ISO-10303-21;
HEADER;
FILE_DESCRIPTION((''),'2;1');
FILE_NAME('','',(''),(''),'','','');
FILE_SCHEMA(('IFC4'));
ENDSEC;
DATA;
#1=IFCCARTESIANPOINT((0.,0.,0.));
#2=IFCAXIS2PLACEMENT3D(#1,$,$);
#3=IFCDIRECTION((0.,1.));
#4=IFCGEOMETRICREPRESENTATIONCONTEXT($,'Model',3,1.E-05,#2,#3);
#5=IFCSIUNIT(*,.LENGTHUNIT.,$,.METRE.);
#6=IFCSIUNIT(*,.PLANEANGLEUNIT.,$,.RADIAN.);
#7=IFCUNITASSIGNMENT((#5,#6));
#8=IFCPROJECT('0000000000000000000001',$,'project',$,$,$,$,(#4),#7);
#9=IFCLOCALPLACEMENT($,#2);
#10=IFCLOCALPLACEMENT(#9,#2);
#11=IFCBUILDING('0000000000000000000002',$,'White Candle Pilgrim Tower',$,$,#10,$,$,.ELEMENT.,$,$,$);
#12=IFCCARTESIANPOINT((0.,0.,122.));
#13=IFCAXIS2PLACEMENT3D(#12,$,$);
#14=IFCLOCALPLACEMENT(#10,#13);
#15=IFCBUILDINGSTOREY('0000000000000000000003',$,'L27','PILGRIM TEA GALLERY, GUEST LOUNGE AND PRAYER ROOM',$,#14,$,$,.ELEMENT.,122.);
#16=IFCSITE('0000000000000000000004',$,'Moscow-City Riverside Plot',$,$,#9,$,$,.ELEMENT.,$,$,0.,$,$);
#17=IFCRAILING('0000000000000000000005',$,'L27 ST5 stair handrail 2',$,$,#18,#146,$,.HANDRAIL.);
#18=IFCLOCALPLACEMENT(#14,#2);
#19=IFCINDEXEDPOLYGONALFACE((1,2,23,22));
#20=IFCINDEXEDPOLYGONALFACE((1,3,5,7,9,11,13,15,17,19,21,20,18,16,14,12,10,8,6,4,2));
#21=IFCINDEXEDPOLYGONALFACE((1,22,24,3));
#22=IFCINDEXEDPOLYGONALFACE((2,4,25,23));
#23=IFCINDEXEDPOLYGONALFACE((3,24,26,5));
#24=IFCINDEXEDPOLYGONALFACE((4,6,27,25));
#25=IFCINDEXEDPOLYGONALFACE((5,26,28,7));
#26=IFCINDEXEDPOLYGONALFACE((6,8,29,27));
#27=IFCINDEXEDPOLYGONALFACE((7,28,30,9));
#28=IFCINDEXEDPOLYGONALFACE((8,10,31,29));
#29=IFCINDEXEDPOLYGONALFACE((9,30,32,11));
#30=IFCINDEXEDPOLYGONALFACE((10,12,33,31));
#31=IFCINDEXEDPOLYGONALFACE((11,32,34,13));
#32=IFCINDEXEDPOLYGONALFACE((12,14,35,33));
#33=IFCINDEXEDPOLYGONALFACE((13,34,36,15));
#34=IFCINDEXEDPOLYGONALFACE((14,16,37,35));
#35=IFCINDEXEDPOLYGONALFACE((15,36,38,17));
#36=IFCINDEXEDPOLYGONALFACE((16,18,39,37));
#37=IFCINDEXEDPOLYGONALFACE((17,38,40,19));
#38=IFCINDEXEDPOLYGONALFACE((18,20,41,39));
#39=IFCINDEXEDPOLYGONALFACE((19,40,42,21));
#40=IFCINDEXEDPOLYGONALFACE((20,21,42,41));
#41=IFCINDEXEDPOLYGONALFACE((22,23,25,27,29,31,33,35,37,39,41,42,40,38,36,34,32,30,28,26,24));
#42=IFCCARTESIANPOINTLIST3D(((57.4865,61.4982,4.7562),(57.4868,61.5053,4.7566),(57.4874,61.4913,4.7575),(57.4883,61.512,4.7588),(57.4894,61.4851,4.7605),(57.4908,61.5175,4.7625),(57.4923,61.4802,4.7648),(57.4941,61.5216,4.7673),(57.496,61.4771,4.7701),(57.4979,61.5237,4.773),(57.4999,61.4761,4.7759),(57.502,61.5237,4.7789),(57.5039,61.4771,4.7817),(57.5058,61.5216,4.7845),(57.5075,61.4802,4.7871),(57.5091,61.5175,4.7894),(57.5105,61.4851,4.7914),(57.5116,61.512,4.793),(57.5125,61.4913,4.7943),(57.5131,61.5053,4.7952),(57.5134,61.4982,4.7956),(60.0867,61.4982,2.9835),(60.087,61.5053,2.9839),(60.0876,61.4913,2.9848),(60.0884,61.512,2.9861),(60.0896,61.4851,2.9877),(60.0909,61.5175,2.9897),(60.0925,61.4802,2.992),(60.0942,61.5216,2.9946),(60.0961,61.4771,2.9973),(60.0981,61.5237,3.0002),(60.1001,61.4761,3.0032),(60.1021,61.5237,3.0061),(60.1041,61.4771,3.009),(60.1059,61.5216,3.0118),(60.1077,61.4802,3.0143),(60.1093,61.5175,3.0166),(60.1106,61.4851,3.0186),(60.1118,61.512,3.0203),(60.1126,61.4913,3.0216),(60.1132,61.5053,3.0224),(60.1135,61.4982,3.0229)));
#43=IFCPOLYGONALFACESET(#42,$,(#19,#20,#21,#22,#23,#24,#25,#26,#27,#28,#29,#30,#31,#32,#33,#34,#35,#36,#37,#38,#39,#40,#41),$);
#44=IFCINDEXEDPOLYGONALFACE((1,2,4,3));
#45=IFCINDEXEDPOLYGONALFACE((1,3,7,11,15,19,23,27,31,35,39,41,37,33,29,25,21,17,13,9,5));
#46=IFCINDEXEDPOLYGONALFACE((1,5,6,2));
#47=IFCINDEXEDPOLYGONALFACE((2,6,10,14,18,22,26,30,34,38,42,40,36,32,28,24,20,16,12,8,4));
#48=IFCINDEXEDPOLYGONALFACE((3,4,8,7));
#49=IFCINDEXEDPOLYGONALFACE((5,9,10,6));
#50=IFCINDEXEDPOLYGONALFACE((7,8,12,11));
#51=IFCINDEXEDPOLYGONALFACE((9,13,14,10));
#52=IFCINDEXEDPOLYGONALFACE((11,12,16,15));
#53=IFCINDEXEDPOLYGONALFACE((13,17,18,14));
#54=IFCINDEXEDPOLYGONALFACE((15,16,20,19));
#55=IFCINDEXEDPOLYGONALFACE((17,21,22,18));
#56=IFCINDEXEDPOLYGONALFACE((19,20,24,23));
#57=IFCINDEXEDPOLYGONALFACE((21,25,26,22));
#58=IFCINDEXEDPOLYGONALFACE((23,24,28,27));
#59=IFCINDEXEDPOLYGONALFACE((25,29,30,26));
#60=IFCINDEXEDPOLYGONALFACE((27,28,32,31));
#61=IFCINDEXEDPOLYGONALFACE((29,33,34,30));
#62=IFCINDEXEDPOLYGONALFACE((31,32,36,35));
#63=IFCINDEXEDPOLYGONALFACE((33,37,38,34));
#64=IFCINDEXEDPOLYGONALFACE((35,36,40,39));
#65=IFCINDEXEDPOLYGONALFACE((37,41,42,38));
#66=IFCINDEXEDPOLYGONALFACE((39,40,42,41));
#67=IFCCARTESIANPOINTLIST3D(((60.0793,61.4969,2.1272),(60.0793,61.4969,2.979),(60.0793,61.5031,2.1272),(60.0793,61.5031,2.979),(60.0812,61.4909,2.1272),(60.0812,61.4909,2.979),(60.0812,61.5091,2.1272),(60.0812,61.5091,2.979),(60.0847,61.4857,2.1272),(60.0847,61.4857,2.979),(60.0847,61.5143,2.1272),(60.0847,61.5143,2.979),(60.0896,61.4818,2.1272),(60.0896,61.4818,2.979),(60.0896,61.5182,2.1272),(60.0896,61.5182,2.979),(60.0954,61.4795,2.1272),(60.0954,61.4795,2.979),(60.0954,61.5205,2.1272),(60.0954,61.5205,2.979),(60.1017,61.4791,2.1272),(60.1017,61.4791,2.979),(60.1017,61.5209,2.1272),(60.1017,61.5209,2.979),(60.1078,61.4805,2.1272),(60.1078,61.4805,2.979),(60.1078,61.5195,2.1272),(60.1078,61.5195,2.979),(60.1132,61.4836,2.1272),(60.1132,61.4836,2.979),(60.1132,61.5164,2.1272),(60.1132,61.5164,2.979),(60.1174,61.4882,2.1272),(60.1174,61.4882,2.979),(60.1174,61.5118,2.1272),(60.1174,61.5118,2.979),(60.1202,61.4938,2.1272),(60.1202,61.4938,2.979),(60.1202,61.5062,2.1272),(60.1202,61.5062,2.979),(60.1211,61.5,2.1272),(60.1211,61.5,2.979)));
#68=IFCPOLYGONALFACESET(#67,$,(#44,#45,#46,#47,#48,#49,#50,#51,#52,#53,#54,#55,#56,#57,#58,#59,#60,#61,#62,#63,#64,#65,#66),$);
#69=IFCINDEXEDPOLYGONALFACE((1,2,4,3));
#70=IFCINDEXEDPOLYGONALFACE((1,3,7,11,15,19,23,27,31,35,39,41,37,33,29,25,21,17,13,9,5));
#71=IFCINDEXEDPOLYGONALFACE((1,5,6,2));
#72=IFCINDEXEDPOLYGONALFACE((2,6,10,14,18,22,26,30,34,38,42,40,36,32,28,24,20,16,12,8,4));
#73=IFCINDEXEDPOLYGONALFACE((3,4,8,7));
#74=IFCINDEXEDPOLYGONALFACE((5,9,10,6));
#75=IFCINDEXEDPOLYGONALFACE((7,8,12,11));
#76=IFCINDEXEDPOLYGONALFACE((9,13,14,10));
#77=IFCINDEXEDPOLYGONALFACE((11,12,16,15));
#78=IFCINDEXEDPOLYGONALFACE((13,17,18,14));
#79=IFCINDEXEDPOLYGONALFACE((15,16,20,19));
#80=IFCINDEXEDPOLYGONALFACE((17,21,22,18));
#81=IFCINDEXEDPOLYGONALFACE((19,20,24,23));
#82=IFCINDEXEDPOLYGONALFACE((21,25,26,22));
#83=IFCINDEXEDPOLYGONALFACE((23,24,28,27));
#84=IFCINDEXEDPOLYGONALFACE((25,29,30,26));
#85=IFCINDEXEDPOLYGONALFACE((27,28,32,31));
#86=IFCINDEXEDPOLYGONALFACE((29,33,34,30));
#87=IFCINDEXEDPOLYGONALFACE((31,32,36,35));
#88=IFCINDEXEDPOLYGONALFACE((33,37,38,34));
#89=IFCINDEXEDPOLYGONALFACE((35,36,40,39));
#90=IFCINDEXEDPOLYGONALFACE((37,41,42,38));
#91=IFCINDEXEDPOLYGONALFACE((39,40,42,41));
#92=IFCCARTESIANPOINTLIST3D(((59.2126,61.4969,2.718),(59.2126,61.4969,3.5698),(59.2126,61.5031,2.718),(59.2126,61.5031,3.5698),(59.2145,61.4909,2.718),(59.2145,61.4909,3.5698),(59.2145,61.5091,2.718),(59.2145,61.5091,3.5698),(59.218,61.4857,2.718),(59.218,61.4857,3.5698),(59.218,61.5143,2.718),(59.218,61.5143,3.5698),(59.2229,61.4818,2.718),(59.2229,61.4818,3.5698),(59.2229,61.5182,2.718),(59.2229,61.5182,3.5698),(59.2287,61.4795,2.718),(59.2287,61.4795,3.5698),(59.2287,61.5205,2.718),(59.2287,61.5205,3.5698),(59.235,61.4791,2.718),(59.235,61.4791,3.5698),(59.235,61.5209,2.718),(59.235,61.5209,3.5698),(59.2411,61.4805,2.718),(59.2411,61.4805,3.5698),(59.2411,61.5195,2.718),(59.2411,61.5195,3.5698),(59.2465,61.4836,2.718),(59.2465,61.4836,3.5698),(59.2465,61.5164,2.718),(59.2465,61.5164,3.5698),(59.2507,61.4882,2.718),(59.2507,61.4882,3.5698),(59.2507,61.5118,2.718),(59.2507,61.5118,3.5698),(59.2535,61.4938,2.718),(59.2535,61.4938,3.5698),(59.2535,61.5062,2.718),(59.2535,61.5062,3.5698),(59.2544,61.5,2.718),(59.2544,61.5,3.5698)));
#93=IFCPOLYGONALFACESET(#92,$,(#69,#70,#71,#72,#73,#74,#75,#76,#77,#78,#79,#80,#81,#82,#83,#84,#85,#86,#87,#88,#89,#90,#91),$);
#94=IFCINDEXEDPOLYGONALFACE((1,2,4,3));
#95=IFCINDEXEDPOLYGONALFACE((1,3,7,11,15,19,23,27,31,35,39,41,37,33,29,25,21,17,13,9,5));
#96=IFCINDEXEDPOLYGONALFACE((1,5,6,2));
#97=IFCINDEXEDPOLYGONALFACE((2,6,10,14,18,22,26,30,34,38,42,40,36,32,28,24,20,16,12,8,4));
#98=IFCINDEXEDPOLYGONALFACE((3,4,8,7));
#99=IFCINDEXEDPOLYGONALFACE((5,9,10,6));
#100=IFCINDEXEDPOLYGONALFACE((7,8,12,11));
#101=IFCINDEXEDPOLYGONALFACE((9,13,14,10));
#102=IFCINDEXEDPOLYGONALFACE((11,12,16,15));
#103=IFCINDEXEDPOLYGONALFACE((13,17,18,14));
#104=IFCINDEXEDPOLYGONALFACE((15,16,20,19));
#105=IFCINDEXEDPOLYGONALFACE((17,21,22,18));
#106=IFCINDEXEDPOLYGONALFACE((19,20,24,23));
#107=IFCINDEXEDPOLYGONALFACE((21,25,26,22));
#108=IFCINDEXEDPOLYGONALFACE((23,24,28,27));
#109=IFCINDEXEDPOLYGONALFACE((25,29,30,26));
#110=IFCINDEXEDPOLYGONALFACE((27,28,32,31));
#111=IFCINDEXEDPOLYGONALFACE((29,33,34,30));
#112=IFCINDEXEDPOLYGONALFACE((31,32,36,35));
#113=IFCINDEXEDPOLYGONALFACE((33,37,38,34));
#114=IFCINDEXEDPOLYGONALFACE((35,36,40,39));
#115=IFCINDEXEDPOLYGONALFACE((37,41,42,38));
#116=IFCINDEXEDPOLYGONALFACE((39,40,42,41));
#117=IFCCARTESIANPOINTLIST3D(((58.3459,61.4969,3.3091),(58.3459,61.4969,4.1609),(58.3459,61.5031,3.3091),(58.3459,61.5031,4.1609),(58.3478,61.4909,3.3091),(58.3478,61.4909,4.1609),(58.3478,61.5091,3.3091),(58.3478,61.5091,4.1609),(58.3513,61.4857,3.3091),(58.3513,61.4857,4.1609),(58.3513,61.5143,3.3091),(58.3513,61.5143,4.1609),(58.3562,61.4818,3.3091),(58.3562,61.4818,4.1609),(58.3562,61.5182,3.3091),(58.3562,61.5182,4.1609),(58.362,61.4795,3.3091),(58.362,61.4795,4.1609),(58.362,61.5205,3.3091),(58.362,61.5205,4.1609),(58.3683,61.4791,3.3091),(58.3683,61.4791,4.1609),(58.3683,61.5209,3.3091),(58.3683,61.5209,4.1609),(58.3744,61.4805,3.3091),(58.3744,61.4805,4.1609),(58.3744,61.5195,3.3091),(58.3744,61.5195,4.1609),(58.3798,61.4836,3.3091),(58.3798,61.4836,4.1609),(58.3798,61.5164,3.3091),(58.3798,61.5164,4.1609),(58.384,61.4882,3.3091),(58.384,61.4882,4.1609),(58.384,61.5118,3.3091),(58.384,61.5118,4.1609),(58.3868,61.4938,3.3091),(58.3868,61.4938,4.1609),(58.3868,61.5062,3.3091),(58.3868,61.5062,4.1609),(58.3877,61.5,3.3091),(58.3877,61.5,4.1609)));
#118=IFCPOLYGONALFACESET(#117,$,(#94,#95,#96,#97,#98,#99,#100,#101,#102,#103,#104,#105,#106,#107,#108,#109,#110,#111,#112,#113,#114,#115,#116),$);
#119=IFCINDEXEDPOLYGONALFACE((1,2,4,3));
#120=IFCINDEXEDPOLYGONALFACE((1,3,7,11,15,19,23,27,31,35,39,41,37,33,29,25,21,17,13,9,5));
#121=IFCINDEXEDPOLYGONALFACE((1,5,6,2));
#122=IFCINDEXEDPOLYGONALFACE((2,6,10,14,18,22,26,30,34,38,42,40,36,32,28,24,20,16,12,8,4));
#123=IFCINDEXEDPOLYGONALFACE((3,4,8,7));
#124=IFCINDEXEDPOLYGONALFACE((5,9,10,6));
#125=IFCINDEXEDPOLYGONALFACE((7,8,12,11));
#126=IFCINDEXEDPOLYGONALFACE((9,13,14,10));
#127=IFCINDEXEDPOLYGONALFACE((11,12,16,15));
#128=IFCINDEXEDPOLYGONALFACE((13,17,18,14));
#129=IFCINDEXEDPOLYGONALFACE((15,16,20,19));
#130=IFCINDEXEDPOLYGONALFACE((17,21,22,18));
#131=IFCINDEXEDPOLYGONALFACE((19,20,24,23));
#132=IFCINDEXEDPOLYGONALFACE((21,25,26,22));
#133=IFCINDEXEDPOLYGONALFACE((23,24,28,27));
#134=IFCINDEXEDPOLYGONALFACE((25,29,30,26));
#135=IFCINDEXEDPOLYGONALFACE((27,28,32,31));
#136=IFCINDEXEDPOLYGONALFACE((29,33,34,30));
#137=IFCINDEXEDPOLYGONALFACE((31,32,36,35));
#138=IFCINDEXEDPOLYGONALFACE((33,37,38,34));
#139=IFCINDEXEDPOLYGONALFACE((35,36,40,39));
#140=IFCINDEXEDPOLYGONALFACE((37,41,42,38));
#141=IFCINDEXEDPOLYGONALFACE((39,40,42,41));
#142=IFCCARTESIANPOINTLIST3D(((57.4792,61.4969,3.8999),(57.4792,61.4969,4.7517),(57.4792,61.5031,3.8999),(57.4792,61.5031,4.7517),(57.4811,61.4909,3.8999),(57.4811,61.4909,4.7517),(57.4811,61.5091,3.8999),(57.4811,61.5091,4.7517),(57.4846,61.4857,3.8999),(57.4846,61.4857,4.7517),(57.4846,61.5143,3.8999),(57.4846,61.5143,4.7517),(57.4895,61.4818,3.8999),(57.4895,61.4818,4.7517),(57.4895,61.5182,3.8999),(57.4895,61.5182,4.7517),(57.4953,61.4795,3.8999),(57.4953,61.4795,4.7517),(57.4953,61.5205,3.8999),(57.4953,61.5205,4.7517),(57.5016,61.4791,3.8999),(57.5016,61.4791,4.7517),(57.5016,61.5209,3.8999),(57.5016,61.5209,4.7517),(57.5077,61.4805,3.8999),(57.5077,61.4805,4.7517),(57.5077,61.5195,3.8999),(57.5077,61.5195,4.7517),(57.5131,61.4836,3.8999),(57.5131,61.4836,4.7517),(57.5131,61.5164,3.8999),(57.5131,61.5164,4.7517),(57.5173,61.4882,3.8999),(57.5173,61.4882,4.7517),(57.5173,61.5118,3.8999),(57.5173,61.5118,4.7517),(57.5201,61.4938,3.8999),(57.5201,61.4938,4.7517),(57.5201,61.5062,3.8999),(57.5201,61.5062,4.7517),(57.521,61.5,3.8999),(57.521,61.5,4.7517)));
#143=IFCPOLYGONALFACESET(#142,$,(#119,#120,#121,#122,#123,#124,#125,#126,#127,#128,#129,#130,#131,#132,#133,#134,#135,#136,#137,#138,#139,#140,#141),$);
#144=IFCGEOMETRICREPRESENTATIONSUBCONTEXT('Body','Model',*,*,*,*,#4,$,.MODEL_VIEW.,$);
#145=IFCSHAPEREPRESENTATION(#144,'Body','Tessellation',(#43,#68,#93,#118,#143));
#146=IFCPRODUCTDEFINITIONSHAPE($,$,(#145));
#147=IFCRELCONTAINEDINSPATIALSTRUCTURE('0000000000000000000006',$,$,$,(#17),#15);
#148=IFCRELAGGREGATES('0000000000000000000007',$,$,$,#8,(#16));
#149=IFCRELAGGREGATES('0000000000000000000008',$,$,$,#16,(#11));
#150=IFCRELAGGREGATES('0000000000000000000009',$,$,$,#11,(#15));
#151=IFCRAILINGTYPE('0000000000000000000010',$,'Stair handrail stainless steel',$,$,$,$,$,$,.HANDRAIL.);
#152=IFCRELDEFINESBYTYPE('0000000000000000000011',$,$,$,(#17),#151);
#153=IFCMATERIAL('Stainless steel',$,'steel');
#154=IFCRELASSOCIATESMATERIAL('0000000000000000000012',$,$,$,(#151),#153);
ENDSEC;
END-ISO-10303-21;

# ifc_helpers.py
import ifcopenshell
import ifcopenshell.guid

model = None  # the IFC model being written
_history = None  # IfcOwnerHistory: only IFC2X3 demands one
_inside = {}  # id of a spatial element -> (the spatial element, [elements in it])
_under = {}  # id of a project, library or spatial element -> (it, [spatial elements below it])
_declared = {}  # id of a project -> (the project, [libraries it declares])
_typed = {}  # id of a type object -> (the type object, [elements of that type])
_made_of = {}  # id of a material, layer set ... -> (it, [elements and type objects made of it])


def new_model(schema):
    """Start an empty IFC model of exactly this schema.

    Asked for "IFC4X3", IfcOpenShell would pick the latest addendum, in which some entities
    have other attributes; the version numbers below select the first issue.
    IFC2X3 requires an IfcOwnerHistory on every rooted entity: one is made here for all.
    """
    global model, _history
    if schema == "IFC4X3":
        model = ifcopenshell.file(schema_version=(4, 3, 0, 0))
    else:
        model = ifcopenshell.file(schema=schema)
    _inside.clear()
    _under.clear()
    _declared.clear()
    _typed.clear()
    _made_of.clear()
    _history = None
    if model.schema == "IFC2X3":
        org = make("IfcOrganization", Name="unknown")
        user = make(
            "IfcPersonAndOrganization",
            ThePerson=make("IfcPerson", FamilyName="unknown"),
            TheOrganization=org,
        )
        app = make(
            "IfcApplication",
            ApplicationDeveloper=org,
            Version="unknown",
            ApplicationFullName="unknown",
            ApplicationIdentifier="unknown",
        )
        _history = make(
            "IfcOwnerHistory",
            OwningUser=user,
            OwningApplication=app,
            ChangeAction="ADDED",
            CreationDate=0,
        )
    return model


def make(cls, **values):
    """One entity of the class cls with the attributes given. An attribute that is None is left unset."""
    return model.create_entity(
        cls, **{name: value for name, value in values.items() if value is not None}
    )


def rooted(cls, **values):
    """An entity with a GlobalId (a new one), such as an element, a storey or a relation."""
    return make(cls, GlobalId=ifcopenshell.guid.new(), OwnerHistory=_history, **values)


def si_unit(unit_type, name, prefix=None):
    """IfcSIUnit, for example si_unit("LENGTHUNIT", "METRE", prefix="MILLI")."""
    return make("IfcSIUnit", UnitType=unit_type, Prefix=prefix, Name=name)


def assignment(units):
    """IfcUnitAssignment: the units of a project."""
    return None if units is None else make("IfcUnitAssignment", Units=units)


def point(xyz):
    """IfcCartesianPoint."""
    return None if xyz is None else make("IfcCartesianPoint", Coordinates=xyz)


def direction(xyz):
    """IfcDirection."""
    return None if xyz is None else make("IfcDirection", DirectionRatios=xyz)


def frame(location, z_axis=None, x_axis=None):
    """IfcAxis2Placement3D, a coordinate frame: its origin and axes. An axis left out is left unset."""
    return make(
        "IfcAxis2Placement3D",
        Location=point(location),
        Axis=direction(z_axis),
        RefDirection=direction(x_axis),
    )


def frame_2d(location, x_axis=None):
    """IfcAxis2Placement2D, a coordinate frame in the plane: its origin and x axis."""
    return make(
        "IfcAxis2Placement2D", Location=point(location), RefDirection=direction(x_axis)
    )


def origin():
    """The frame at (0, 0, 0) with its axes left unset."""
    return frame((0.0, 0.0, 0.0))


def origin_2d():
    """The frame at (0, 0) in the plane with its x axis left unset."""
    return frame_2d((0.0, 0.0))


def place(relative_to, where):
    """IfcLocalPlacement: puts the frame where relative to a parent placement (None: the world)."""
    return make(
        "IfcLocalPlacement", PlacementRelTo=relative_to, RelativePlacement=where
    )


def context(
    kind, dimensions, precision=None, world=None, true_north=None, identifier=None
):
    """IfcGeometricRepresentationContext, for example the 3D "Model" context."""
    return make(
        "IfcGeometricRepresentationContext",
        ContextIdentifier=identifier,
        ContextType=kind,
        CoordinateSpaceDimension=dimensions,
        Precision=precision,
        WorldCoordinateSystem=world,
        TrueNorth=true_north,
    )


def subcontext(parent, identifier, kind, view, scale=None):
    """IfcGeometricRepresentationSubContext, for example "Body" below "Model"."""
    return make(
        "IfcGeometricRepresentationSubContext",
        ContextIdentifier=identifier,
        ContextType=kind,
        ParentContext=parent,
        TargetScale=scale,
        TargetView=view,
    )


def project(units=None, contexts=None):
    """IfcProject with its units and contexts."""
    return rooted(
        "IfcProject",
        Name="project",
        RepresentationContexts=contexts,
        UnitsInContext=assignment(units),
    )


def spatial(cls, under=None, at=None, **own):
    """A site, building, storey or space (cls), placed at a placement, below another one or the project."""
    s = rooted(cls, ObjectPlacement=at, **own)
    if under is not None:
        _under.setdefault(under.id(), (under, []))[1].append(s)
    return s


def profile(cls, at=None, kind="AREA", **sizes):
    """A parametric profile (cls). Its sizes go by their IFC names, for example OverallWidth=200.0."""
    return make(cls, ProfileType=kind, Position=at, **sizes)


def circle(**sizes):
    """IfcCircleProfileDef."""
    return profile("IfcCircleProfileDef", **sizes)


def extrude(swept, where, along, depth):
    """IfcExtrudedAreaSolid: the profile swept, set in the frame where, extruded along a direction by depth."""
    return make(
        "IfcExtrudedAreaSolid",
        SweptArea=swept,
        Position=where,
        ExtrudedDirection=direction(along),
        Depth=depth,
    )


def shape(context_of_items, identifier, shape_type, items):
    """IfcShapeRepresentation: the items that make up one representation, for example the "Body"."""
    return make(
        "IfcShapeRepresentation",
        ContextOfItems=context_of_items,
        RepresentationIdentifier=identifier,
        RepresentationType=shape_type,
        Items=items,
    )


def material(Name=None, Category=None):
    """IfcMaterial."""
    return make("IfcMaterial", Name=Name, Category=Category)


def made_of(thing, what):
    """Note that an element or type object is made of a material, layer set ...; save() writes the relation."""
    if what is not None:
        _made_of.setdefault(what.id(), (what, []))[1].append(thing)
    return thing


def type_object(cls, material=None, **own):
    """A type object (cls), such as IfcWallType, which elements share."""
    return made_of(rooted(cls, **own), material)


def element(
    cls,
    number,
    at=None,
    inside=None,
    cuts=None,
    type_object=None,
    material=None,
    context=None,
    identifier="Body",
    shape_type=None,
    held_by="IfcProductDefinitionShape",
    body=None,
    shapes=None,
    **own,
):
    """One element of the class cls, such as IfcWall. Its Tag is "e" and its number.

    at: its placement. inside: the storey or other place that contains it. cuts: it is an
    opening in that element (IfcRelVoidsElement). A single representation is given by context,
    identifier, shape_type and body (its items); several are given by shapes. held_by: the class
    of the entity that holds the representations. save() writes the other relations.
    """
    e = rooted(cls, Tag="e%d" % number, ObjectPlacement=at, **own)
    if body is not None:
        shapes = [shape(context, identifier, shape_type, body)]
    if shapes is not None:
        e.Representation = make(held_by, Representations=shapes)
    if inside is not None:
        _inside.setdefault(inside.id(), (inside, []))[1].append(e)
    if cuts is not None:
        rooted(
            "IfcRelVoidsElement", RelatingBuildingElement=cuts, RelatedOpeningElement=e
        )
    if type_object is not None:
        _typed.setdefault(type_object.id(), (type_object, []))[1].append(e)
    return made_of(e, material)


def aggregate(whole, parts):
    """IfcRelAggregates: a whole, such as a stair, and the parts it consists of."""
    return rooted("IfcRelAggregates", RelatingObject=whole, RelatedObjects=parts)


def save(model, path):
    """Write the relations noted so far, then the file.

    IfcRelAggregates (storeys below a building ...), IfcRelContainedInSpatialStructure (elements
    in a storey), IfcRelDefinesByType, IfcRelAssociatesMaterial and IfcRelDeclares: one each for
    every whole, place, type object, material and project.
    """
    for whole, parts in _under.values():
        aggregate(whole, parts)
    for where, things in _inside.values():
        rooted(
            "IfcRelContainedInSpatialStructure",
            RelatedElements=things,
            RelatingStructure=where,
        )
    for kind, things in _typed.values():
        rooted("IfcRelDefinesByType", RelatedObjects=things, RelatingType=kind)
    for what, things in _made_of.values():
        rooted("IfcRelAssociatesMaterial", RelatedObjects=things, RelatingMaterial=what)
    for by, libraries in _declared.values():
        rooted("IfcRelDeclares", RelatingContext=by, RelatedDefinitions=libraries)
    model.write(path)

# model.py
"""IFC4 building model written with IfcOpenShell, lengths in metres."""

from ifc_helpers import new_model, si_unit, direction, frame, origin, origin_2d, place, context, subcontext, project, spatial, circle, extrude, material, type_object, element, save


model = new_model("IFC4")

# Units and contexts
model_context = context("Model", 3, precision=1e-05, world=origin(), true_north=direction((0.0, 1.0)))
body_context = subcontext(model_context, "Body", "Model", "MODEL_VIEW")
ifc_project = project(units=[si_unit("LENGTHUNIT", "METRE"), si_unit("PLANEANGLEUNIT", "RADIAN")], contexts=[model_context])

# Site, building, storey
site_placement = place(None, origin())
site = spatial("IfcSite", under=ifc_project, at=site_placement, Name="Moscow-City Riverside Plot", CompositionType="ELEMENT", RefElevation=0.0)
building_placement = place(site_placement, origin())
building = spatial("IfcBuilding", under=site, at=building_placement, Name="White Candle Pilgrim Tower", CompositionType="ELEMENT")
storey_placement = place(building_placement, frame((0.0, 0.0, 122.0)))
storey = spatial("IfcBuildingStorey", under=building, at=storey_placement, Name="L27", Description="PILGRIM TEA GALLERY, GUEST LOUNGE AND PRAYER ROOM", CompositionType="ELEMENT", Elevation=122.0)

# Railing
ifc_material_1 = material(Name="Stainless steel", Category="steel")
railing_type_1 = type_object("IfcRailingType", Name="Stair handrail stainless steel", PredefinedType="HANDRAIL", material=ifc_material_1)
railing_1_placement = place(storey_placement, frame((60.1001, 61.5, 2.1272)))
element("IfcRailing", 1, at=railing_1_placement, inside=storey, type_object=railing_type_1, Name="L27 ST5 stair handrail 2", PredefinedType="HANDRAIL", context=body_context, shape_type="SweptSolid", body=[
    extrude(circle(Radius=0.0239, at=origin_2d()), frame((0.0, 0.0, 0.876), z_axis=(-0.82624, 0.0, 0.563318), x_axis=(0.0, -1.0, 0.0)), (0.0, 0.0, 1.0), 3.147),
    extrude(circle(Radius=0.021, at=origin_2d()), origin(), (0.0, 0.0, 1.0), 0.8518),
    extrude(circle(Radius=0.021, at=origin_2d()), frame((-0.8667, 0.0, 0.5908)), (0.0, 0.0, 1.0), 0.8518),
    extrude(circle(Radius=0.021, at=origin_2d()), frame((-1.7334, 0.0, 1.1819)), (0.0, 0.0, 1.0), 0.8518),
    extrude(circle(Radius=0.021, at=origin_2d()), frame((-2.6001, 0.0, 1.7727)), (0.0, 0.0, 1.0), 0.8518),
])

save(model, "model.ifc")
